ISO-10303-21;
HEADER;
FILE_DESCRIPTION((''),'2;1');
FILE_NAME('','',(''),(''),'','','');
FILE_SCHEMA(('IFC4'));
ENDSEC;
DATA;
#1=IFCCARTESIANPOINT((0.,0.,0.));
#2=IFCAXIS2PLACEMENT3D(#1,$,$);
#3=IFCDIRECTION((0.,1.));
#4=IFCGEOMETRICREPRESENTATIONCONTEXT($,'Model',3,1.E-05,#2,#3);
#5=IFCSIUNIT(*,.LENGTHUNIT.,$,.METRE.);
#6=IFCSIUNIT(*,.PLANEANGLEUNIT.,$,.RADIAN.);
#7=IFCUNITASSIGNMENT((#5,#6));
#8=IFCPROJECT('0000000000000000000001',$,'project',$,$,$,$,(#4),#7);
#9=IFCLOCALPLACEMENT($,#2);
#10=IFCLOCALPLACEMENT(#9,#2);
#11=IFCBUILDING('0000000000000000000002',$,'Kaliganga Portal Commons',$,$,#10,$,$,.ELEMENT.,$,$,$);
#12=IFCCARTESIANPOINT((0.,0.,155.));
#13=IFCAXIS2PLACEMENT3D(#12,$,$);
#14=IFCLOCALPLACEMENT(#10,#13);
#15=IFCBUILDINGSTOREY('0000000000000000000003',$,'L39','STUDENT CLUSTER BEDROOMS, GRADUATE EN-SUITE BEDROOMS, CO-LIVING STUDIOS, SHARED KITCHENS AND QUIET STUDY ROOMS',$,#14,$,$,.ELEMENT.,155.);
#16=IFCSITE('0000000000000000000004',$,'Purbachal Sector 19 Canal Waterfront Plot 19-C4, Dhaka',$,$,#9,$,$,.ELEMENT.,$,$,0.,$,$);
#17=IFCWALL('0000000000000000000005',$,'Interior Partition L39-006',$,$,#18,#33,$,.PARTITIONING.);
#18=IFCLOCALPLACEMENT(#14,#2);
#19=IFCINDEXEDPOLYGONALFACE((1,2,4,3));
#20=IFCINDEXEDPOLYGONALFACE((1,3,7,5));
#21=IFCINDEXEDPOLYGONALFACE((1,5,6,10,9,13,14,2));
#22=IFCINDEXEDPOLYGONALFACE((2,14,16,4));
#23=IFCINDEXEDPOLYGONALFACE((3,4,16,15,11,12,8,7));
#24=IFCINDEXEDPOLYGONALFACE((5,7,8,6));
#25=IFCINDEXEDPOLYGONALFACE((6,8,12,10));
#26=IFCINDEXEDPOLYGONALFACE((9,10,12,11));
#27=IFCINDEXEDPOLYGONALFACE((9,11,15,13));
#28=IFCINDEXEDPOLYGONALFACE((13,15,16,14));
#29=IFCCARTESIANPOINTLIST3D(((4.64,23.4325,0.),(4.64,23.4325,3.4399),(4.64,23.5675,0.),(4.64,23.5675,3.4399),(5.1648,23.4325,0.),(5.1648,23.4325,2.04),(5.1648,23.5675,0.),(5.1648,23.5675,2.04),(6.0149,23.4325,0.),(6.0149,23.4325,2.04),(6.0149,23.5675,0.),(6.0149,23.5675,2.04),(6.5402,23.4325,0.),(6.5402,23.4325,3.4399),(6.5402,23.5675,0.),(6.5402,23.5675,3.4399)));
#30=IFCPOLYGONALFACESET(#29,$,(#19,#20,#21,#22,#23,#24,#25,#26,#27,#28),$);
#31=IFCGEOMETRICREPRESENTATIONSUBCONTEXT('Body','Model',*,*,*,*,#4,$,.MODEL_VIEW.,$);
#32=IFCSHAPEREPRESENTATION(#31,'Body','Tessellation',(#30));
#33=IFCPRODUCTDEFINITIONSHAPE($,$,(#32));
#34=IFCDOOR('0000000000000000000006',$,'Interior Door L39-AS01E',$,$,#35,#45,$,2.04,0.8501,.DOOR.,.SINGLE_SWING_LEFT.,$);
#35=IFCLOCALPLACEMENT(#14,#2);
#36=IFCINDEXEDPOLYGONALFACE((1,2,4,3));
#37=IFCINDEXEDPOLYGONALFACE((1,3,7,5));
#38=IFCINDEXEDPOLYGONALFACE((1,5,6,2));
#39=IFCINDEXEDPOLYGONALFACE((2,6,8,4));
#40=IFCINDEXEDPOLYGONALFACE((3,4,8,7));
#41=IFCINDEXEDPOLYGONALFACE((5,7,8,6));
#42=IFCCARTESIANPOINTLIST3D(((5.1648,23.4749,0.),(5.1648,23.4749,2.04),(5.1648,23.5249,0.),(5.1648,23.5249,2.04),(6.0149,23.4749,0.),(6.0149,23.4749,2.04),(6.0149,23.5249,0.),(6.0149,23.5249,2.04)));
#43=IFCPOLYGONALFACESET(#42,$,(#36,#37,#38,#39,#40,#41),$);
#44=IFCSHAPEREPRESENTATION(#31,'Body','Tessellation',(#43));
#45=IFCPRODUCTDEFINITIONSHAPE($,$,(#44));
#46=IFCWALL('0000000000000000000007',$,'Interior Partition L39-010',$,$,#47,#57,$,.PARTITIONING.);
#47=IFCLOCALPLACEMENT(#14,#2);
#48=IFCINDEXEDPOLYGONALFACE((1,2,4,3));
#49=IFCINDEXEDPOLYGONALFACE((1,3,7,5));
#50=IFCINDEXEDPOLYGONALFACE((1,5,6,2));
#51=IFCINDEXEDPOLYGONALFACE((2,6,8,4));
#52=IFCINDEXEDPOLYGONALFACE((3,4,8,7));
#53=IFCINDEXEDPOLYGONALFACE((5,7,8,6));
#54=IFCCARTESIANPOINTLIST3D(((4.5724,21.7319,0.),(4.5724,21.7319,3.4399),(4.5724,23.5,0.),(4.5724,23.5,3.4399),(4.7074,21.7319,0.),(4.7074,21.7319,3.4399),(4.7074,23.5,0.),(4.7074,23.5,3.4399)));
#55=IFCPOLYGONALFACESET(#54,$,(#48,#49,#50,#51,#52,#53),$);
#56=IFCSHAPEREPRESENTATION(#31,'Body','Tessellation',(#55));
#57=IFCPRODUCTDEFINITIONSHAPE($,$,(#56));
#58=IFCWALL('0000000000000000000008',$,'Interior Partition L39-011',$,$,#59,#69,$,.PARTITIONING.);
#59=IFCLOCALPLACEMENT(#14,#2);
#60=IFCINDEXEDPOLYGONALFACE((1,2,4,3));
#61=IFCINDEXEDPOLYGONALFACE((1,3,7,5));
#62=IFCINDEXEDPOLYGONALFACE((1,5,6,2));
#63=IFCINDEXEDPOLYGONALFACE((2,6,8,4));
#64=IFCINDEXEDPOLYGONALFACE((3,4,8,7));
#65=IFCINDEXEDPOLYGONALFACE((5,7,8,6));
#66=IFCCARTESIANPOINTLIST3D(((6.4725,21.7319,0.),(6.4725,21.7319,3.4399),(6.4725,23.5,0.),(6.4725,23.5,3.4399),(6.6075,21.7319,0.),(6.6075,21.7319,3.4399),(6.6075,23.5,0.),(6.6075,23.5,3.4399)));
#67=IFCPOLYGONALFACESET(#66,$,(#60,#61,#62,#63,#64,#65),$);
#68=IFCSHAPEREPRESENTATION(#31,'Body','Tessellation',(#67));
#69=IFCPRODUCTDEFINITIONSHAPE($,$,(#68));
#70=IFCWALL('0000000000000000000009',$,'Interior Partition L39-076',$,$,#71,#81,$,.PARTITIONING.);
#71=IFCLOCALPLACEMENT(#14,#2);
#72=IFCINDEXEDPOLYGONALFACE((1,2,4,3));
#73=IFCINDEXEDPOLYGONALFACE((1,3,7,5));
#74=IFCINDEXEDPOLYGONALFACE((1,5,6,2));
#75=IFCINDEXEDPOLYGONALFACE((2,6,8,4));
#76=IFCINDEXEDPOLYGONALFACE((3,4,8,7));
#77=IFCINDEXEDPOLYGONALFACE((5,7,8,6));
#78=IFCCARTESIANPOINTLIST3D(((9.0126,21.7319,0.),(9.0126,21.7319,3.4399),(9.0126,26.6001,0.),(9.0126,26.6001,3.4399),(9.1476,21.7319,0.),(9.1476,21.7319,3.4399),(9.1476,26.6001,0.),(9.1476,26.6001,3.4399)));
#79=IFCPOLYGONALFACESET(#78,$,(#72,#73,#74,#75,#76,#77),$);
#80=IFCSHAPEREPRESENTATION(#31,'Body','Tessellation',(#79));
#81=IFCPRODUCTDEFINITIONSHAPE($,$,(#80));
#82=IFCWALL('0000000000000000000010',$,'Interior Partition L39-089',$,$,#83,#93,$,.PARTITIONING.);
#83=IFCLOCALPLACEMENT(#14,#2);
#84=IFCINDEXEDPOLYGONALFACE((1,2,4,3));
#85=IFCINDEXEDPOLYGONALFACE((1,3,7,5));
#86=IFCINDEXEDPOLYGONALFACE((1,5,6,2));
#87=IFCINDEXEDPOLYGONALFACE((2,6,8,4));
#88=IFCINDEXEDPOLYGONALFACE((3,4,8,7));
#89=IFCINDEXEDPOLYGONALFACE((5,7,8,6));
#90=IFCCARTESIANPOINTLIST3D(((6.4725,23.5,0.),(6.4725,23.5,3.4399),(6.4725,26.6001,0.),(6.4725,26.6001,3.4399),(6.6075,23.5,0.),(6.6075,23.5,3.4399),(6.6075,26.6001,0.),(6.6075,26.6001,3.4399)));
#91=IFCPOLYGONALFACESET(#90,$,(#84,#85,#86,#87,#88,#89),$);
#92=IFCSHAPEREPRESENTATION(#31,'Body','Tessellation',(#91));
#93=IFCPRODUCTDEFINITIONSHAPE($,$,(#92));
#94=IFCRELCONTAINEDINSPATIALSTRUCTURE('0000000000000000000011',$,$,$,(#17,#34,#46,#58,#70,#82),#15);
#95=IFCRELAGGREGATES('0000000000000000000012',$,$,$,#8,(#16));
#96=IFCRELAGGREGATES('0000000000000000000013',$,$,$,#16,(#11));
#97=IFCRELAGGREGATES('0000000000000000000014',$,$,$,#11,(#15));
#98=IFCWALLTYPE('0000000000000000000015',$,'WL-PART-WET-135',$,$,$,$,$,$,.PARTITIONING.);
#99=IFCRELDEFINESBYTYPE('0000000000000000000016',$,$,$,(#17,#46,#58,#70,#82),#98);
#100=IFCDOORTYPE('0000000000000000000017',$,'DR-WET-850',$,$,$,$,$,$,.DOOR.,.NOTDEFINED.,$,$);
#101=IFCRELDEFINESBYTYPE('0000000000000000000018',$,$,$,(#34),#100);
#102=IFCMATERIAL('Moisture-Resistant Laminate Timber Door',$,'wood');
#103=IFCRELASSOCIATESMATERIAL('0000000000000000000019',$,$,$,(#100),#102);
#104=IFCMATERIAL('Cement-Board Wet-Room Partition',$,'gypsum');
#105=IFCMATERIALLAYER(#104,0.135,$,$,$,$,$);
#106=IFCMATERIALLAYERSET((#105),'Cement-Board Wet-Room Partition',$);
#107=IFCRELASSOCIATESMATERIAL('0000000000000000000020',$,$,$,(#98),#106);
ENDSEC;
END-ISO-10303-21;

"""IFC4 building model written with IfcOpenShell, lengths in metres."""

from ifc_helpers import new_model, si_unit, direction, frame, frame_2d, origin, place, context, subcontext, project, spatial, rectangle, extrude, material, layer, layer_set, type_object, element, fill, save


model = new_model("IFC4")

# Units and contexts
model_context = context("Model", 3, precision=1e-05, world=origin(), true_north=direction((0.0, 1.0)))
body_context = subcontext(model_context, "Body", "Model", "MODEL_VIEW")
ifc_project = project(units=[si_unit("LENGTHUNIT", "METRE"), si_unit("PLANEANGLEUNIT", "RADIAN")], contexts=[model_context])

# Site, building, storey
site_placement = place(None, origin())
site = spatial("IfcSite", under=ifc_project, at=site_placement, Name="Purbachal Sector 19 Canal Waterfront Plot 19-C4, Dhaka", CompositionType="ELEMENT", RefElevation=0.0)
building_placement = place(site_placement, origin())
building = spatial("IfcBuilding", under=site, at=building_placement, Name="Kaliganga Portal Commons", CompositionType="ELEMENT")
storey_placement = place(building_placement, frame((0.0, 0.0, 155.0)))
storey = spatial("IfcBuildingStorey", under=building, at=storey_placement, Name="L39", Description="STUDENT CLUSTER BEDROOMS, GRADUATE EN-SUITE BEDROOMS, CO-LIVING STUDIOS, SHARED KITCHENS AND QUIET STUDY ROOMS", CompositionType="ELEMENT", Elevation=155.0)

# Shared definitions
ifc_material_1 = material(Name="Moisture-Resistant Laminate Timber Door", Category="wood")
door_type_1 = type_object("IfcDoorType", Name="DR-WET-850", OperationType="NOTDEFINED", PredefinedType="DOOR", material=ifc_material_1)

# Wall, opening, door
ifc_material_2 = material(Name="Cement-Board Wet-Room Partition", Category="gypsum")
ifc_layer_1 = layer(ifc_material_2, 0.135)
ifc_layer_set_1 = layer_set([ifc_layer_1], Name="Cement-Board Wet-Room Partition")
wall_type_1 = type_object("IfcWallType", Name="WL-PART-WET-135", PredefinedType="PARTITIONING", material=ifc_layer_set_1)
wall_1_placement = place(storey_placement, frame((4.6399, 23.5, 0.0), z_axis=(0.0, 0.0, 1.0), x_axis=(1.0, 0.0, 0.0)))
wall_1 = element("IfcWall", 1, at=wall_1_placement, inside=storey, type_object=wall_type_1, Name="Interior Partition L39-006", PredefinedType="PARTITIONING", context=body_context, shape_type="SweptSolid", body=[
    extrude(rectangle(XDim=1.9001, YDim=0.135, at=frame_2d((0.9502, 0.0))), origin(), (0.0, 0.0, 1.0), 3.4399),
])
opening_1_placement = place(wall_1_placement, frame((0.5249, 0.0, 0.0)))
opening_1 = element("IfcOpeningElement", 2, at=opening_1_placement, cuts=wall_1, PredefinedType="OPENING", context=body_context, shape_type="SweptSolid", body=[
    extrude(rectangle(XDim=0.8501, YDim=2.04, at=frame_2d((0.425, 1.02))), frame((0.0, 0.0776, 0.0), z_axis=(0.0, -1.0, 0.0), x_axis=(1.0, 0.0, 0.0)), (0.0, 0.0, 1.0), 0.155),
])
door_1_placement = place(opening_1_placement, origin())
door_1 = element("IfcDoor", 3, at=door_1_placement, inside=storey, type_object=door_type_1, Name="Interior Door L39-AS01E", OperationType="SINGLE_SWING_LEFT", OverallHeight=2.04, OverallWidth=0.8501, PredefinedType="DOOR", context=body_context, shape_type="SweptSolid", body=[
    extrude(rectangle(XDim=0.8501, YDim=2.04, at=frame_2d((0.425, 1.02))), frame((0.0, 0.0249, 0.0), z_axis=(0.0, -1.0, 0.0), x_axis=(1.0, 0.0, 0.0)), (0.0, 0.0, 1.0), 0.05),
])
fill(opening_1, door_1)

# Walls
for number, where, z_axis, x_axis, name in (
    (4, (4.6399, 21.7319, 0.0), (0.0, 0.0, 1.0), (0.0, 1.0, 0.0), "Interior Partition L39-010"),
    (5, (6.54, 21.7319, 0.0), (0.0, 0.0, 1.0), (0.0, 1.0, 0.0), "Interior Partition L39-011"),
):
    element("IfcWall", number, at=place(storey_placement, frame(where, z_axis=z_axis, x_axis=x_axis)), inside=storey, type_object=wall_type_1, Name=name, PredefinedType="PARTITIONING", context=body_context, shape_type="SweptSolid", body=[
        extrude(rectangle(XDim=1.7681, YDim=0.135, at=frame_2d((0.884, 0.0))), origin(), (0.0, 0.0, 1.0), 3.4399),
    ])
wall_2_placement = place(storey_placement, frame((9.0801, 21.7319, 0.0), z_axis=(0.0, 0.0, 1.0), x_axis=(0.0, 1.0, 0.0)))
element("IfcWall", 6, at=wall_2_placement, inside=storey, type_object=wall_type_1, Name="Interior Partition L39-076", PredefinedType="PARTITIONING", context=body_context, shape_type="SweptSolid", body=[
    extrude(rectangle(XDim=4.8682, YDim=0.135, at=frame_2d((2.4341, 0.0))), origin(), (0.0, 0.0, 1.0), 3.4399),
])
wall_3_placement = place(storey_placement, frame((6.54, 23.5, 0.0), z_axis=(0.0, 0.0, 1.0), x_axis=(0.0, 1.0, 0.0)))
element("IfcWall", 7, at=wall_3_placement, inside=storey, type_object=wall_type_1, Name="Interior Partition L39-089", PredefinedType="PARTITIONING", context=body_context, shape_type="SweptSolid", body=[
    extrude(rectangle(XDim=3.1001, YDim=0.135, at=frame_2d((1.55, 0.0))), origin(), (0.0, 0.0, 1.0), 3.4399),
])

save(model, "model.ifc")
